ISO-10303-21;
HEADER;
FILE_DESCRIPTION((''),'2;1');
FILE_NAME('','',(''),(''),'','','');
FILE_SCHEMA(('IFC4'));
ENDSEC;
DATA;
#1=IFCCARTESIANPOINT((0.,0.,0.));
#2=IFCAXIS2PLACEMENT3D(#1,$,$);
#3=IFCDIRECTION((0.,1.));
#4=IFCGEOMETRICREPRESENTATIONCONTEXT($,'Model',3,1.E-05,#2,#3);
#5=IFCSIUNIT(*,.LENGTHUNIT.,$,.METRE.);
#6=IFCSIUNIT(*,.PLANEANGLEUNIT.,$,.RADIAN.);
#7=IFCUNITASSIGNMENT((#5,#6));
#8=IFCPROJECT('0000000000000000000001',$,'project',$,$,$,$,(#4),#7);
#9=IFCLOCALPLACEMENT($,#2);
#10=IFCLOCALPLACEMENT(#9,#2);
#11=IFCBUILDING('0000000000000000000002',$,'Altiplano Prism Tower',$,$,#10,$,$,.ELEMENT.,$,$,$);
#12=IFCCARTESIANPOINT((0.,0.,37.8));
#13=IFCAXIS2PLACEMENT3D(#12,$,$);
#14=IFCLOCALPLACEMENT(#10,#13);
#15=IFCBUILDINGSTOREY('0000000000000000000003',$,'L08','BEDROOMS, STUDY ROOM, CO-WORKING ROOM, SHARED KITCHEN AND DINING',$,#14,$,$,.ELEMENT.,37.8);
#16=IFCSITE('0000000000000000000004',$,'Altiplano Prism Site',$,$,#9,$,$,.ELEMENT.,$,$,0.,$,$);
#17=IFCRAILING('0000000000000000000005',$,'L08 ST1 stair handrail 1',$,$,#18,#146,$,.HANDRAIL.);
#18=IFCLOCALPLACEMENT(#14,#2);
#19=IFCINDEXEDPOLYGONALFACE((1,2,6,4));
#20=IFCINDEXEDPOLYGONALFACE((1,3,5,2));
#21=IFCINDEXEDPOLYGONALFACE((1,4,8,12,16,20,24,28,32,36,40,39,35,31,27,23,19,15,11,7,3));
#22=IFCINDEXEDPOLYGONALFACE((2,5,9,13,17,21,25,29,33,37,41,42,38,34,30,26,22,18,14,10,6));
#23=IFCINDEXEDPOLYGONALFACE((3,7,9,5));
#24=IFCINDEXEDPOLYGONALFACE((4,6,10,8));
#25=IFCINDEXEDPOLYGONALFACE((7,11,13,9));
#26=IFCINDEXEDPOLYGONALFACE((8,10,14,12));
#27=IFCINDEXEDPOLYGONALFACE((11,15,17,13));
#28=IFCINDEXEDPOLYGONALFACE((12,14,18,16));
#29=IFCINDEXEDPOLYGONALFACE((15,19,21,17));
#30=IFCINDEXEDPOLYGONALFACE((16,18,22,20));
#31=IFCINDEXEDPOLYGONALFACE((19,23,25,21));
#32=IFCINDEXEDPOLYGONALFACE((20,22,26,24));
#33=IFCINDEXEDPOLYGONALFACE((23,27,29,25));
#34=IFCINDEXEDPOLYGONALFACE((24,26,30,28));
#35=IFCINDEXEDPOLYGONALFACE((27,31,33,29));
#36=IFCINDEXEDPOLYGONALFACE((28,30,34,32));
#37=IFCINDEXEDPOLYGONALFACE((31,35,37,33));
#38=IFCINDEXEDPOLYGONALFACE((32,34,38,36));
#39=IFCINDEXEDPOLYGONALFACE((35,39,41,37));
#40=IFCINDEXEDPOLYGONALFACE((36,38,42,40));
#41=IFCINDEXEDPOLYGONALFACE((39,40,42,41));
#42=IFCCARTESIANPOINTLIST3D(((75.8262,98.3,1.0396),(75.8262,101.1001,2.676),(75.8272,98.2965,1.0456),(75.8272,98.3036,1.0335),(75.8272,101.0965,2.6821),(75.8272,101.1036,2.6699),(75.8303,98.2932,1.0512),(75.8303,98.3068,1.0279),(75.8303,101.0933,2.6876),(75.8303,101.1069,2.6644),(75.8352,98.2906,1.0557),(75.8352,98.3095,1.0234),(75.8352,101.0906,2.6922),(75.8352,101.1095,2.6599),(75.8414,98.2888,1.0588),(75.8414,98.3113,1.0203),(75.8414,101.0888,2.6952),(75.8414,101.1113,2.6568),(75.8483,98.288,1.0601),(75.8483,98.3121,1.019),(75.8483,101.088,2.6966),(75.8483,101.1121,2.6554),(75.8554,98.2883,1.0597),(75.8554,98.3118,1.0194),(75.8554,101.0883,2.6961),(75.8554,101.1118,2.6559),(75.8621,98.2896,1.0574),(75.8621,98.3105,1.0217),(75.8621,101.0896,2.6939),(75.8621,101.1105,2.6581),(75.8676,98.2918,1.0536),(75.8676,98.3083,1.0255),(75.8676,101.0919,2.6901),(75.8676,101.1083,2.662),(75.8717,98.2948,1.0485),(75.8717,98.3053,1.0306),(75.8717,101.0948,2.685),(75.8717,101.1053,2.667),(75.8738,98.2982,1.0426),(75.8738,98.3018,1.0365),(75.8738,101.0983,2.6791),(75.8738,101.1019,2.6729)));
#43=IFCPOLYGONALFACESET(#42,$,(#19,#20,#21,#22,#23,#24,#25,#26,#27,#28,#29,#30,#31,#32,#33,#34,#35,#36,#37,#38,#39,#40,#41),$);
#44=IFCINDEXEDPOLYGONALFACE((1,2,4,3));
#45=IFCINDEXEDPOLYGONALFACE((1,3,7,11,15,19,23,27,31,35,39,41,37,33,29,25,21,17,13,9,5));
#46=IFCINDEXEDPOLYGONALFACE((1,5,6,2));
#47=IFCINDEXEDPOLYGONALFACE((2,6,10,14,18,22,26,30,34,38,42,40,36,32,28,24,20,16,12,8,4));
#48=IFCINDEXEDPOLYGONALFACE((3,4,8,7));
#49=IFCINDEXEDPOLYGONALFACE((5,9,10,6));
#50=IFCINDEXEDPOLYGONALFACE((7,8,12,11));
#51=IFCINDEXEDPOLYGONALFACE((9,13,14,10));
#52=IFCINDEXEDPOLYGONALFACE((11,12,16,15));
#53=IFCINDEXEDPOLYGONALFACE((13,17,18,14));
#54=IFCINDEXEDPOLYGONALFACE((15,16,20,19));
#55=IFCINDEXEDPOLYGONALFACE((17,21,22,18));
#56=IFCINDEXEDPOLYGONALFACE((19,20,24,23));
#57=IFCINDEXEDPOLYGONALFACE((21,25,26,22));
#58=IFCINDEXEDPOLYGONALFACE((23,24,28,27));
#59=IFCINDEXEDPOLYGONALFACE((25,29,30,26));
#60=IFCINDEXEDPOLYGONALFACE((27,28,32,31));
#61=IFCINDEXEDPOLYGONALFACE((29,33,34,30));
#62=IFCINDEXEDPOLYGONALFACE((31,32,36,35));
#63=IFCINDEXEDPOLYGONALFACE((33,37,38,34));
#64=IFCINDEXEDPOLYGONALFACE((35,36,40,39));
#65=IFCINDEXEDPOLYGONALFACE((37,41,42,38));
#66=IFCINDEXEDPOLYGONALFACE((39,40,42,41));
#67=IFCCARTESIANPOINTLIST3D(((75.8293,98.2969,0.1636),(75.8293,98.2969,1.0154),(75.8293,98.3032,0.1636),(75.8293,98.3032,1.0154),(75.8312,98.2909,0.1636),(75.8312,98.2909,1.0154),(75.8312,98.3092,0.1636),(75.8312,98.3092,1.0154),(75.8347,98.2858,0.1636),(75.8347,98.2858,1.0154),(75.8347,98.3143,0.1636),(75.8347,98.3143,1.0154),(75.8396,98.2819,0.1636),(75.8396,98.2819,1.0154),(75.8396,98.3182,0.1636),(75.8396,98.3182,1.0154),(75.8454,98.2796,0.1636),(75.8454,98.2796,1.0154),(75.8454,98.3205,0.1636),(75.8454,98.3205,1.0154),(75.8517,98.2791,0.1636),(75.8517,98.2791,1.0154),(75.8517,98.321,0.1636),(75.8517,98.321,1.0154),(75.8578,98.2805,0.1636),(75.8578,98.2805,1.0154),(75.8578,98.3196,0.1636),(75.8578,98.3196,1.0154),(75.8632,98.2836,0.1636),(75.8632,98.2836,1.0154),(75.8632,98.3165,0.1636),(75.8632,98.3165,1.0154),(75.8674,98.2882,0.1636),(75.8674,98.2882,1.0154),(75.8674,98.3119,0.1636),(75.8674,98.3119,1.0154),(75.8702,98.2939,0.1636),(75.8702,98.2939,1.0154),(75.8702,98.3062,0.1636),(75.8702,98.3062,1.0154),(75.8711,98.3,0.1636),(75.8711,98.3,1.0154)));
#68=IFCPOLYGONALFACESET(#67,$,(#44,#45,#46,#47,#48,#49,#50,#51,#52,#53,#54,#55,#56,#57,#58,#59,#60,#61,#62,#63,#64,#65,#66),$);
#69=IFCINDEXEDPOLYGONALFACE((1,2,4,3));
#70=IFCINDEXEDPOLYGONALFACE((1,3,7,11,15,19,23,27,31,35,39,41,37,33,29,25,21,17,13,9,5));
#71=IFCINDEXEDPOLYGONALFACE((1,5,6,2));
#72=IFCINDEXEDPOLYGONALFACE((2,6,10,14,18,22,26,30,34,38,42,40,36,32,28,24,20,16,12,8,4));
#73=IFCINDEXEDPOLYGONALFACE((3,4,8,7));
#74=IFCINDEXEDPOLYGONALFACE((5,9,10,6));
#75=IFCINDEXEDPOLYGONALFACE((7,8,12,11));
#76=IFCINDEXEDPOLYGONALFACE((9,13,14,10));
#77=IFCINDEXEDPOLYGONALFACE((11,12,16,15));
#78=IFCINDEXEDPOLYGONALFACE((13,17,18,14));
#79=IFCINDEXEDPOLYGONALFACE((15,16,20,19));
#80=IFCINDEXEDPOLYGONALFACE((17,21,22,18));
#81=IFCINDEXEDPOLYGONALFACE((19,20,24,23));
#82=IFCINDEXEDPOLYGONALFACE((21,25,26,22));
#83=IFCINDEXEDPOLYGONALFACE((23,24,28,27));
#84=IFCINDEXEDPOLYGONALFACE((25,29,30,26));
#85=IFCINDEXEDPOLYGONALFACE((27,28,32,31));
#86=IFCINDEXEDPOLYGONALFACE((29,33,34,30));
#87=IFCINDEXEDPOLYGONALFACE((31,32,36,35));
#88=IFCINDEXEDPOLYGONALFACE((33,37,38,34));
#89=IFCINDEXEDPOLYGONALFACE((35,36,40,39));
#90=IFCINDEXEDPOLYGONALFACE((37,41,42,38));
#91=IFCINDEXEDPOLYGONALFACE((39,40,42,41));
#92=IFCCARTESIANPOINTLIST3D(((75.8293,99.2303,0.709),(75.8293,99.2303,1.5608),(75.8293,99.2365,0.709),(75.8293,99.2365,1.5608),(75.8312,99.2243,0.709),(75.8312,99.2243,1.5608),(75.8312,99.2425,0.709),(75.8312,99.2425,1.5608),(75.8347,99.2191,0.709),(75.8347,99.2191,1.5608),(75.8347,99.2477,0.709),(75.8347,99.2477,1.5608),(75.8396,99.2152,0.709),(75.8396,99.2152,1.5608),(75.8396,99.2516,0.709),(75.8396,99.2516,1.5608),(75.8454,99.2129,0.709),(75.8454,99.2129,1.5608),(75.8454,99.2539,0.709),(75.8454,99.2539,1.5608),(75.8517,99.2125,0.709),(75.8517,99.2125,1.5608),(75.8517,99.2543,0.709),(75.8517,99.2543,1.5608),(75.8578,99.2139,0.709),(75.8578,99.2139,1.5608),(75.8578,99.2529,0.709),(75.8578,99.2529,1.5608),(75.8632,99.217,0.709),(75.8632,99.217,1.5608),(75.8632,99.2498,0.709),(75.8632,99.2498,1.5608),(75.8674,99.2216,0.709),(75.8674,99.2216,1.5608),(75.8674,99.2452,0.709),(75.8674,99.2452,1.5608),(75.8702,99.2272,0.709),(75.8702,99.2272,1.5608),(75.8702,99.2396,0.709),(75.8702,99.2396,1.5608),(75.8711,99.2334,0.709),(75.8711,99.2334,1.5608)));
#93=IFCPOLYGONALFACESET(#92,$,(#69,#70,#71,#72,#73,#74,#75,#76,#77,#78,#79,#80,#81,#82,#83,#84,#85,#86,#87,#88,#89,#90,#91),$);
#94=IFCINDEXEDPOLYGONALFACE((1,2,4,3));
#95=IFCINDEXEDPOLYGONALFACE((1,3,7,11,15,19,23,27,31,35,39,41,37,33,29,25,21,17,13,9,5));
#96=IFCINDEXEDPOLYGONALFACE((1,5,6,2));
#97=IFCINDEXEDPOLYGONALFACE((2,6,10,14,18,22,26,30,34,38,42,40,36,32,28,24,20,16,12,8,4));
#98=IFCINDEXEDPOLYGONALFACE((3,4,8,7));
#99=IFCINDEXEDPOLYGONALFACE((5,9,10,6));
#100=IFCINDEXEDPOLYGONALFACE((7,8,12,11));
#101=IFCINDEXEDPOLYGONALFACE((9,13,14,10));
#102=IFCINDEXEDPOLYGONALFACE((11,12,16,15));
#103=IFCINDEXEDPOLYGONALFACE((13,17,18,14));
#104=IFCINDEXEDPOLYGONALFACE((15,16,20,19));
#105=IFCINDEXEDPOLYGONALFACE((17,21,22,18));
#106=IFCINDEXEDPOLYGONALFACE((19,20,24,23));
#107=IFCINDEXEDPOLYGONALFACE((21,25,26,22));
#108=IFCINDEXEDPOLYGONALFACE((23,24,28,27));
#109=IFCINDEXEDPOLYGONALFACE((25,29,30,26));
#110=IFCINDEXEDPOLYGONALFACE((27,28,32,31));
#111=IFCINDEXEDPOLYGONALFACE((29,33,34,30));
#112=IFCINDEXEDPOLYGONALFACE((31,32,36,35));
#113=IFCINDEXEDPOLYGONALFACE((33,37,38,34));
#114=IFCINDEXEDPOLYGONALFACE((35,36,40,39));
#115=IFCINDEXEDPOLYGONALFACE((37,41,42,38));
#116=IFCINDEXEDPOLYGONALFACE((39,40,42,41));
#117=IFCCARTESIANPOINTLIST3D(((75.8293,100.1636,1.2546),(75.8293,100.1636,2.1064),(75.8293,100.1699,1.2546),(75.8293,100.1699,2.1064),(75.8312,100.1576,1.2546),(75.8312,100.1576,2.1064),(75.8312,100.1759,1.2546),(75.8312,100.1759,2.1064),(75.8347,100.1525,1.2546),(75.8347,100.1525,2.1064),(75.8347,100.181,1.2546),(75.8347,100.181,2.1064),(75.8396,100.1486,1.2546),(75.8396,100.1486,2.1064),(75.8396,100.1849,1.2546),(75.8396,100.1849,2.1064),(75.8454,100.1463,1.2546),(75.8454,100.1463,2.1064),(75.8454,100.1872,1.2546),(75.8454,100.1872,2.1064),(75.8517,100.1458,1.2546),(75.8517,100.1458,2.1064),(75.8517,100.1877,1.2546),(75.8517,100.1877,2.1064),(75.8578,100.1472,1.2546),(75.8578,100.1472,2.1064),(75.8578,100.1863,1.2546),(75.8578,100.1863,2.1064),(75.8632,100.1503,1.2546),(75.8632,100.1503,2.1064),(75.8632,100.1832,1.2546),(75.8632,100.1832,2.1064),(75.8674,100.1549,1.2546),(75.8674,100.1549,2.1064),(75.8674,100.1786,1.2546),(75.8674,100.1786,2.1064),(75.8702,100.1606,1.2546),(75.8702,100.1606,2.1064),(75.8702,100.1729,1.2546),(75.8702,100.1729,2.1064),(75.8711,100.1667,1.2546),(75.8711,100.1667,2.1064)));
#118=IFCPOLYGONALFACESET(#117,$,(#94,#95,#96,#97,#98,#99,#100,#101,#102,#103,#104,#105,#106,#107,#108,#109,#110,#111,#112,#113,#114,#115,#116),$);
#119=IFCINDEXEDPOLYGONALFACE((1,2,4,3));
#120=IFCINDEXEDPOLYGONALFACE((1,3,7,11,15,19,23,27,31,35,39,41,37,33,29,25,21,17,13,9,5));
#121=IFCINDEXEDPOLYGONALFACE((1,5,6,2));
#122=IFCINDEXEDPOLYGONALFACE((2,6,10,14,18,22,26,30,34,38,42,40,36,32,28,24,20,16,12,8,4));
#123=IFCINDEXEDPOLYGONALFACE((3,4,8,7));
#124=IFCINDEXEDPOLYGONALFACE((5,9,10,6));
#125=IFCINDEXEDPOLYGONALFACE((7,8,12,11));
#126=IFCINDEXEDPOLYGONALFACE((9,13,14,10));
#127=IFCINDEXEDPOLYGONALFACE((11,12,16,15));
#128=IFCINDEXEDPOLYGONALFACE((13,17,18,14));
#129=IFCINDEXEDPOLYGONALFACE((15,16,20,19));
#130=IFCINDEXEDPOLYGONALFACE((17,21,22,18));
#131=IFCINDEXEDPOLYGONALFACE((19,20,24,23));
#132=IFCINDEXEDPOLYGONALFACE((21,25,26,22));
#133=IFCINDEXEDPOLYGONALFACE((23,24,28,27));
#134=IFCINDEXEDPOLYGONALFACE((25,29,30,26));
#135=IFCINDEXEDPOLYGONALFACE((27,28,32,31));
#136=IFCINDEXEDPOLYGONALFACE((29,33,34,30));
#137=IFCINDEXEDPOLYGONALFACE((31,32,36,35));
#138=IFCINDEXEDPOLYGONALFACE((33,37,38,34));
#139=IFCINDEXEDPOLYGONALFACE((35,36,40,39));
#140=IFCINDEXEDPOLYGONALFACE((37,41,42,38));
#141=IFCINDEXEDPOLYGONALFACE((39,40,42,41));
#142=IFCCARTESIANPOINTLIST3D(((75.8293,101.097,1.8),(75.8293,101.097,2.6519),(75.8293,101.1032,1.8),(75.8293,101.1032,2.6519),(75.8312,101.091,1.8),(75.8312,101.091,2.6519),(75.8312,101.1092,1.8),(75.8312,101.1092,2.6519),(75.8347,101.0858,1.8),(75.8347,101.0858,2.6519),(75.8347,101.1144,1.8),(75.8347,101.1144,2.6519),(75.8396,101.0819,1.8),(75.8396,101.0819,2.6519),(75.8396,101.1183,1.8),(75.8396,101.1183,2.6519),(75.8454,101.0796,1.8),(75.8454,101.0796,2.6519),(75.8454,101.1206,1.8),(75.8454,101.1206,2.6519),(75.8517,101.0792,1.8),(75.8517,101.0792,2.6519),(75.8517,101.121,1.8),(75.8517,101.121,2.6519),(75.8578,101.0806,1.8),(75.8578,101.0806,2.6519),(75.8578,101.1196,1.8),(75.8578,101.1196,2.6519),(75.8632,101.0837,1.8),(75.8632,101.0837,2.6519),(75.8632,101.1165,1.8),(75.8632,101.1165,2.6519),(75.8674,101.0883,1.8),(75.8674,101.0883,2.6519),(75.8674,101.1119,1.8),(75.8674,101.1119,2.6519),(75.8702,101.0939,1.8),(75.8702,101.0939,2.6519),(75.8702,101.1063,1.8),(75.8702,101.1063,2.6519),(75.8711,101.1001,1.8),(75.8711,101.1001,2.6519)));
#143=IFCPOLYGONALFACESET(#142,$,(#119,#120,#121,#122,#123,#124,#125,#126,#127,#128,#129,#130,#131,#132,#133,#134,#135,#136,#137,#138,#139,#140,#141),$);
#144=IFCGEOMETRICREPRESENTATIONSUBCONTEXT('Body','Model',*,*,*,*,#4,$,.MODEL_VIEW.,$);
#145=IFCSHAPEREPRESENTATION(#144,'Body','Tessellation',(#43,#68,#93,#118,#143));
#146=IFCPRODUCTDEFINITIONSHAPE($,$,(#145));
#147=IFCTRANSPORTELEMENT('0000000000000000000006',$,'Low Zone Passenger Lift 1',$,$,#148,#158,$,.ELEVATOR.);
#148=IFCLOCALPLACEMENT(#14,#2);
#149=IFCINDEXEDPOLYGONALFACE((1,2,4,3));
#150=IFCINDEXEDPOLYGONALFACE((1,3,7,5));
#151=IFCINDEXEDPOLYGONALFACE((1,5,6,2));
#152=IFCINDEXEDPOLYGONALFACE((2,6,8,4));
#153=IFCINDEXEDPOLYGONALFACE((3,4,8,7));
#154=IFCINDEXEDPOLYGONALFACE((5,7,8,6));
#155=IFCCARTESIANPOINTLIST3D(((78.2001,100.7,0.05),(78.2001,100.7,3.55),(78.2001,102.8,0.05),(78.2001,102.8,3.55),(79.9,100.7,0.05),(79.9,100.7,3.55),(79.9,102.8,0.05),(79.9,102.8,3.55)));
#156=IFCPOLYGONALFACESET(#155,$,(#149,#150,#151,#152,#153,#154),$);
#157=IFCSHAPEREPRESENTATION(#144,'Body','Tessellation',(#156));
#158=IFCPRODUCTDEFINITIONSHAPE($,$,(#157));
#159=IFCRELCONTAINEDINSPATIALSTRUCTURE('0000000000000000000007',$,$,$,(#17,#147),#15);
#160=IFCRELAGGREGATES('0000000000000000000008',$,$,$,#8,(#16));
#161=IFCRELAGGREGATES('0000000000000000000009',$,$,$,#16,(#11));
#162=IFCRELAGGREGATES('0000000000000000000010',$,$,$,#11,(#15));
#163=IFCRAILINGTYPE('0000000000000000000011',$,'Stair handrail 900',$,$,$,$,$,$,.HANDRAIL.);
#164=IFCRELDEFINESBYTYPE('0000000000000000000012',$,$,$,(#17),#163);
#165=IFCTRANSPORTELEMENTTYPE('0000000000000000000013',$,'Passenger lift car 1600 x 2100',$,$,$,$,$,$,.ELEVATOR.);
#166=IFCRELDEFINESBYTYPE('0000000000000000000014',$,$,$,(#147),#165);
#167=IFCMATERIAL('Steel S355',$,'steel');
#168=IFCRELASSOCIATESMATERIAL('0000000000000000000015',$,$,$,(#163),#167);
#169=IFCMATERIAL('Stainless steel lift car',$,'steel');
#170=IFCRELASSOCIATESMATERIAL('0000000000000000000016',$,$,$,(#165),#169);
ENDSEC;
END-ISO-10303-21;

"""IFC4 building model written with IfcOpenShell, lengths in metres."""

from ifc_helpers import new_model, si_unit, direction, frame, origin, origin_2d, place, context, subcontext, project, spatial, rectangle, circle, extrude, material, type_object, element, save


model = new_model("IFC4")

# Units and contexts
model_context = context("Model", 3, precision=1e-05, world=origin(), true_north=direction((0.0, 1.0)))
body_context = subcontext(model_context, "Body", "Model", "MODEL_VIEW")
ifc_project = project(units=[si_unit("LENGTHUNIT", "METRE"), si_unit("PLANEANGLEUNIT", "RADIAN")], contexts=[model_context])

# Site, building, storey
site_placement = place(None, origin())
site = spatial("IfcSite", under=ifc_project, at=site_placement, Name="Altiplano Prism Site", CompositionType="ELEMENT", RefElevation=0.0)
building_placement = place(site_placement, origin())
building = spatial("IfcBuilding", under=site, at=building_placement, Name="Altiplano Prism Tower", CompositionType="ELEMENT")
storey_placement = place(building_placement, frame((0.0, 0.0, 37.8)))
storey = spatial("IfcBuildingStorey", under=building, at=storey_placement, Name="L08", Description="BEDROOMS, STUDY ROOM, CO-WORKING ROOM, SHARED KITCHEN AND DINING", CompositionType="ELEMENT", Elevation=37.8)

# Railing
ifc_material_1 = material(Name="Steel S355", Category="steel")
railing_type_1 = type_object("IfcRailingType", Name="Stair handrail 900", PredefinedType="HANDRAIL", material=ifc_material_1)
railing_1_placement = place(storey_placement, frame((75.8501, 98.3, 0.1636)))
element("IfcRailing", 1, at=railing_1_placement, inside=storey, type_object=railing_type_1, Name="L08 ST1 stair handrail 1", PredefinedType="HANDRAIL", context=body_context, shape_type="SweptSolid", body=[
    extrude(circle(Radius=0.0239, at=origin_2d()), frame((0.0, 0.0, 0.876), z_axis=(0.0, 0.863361, 0.504587), x_axis=(-1.0, 0.0, 0.0)), (0.0, 0.0, 1.0), 3.2432),
    extrude(circle(Radius=0.021, at=origin_2d()), origin(), (0.0, 0.0, 1.0), 0.8518),
    extrude(circle(Radius=0.021, at=origin_2d()), frame((0.0, 0.9333, 0.5454)), (0.0, 0.0, 1.0), 0.8518),
    extrude(circle(Radius=0.021, at=origin_2d()), frame((0.0, 1.8667, 1.0911)), (0.0, 0.0, 1.0), 0.8518),
    extrude(circle(Radius=0.021, at=origin_2d()), frame((0.0, 2.8, 1.6365)), (0.0, 0.0, 1.0), 0.8518),
])

# Transport element
ifc_material_2 = material(Name="Stainless steel lift car", Category="steel")
transport_element_type = type_object("IfcTransportElementType", Name="Passenger lift car 1600 x 2100", PredefinedType="ELEVATOR", material=ifc_material_2)
transport_element_placement = place(storey_placement, frame((79.05, 101.75, 0.05), z_axis=(0.0, 0.0, 1.0), x_axis=(1.0, 0.0, 0.0)))
element("IfcTransportElement", 2, at=transport_element_placement, inside=storey, type_object=transport_element_type, Name="Low Zone Passenger Lift 1", PredefinedType="ELEVATOR", context=body_context, shape_type="SweptSolid", body=[
    extrude(rectangle(XDim=1.7, YDim=2.1001, at=origin_2d()), origin(), (0.0, 0.0, 1.0), 3.5),
])

save(model, "model.ifc")
